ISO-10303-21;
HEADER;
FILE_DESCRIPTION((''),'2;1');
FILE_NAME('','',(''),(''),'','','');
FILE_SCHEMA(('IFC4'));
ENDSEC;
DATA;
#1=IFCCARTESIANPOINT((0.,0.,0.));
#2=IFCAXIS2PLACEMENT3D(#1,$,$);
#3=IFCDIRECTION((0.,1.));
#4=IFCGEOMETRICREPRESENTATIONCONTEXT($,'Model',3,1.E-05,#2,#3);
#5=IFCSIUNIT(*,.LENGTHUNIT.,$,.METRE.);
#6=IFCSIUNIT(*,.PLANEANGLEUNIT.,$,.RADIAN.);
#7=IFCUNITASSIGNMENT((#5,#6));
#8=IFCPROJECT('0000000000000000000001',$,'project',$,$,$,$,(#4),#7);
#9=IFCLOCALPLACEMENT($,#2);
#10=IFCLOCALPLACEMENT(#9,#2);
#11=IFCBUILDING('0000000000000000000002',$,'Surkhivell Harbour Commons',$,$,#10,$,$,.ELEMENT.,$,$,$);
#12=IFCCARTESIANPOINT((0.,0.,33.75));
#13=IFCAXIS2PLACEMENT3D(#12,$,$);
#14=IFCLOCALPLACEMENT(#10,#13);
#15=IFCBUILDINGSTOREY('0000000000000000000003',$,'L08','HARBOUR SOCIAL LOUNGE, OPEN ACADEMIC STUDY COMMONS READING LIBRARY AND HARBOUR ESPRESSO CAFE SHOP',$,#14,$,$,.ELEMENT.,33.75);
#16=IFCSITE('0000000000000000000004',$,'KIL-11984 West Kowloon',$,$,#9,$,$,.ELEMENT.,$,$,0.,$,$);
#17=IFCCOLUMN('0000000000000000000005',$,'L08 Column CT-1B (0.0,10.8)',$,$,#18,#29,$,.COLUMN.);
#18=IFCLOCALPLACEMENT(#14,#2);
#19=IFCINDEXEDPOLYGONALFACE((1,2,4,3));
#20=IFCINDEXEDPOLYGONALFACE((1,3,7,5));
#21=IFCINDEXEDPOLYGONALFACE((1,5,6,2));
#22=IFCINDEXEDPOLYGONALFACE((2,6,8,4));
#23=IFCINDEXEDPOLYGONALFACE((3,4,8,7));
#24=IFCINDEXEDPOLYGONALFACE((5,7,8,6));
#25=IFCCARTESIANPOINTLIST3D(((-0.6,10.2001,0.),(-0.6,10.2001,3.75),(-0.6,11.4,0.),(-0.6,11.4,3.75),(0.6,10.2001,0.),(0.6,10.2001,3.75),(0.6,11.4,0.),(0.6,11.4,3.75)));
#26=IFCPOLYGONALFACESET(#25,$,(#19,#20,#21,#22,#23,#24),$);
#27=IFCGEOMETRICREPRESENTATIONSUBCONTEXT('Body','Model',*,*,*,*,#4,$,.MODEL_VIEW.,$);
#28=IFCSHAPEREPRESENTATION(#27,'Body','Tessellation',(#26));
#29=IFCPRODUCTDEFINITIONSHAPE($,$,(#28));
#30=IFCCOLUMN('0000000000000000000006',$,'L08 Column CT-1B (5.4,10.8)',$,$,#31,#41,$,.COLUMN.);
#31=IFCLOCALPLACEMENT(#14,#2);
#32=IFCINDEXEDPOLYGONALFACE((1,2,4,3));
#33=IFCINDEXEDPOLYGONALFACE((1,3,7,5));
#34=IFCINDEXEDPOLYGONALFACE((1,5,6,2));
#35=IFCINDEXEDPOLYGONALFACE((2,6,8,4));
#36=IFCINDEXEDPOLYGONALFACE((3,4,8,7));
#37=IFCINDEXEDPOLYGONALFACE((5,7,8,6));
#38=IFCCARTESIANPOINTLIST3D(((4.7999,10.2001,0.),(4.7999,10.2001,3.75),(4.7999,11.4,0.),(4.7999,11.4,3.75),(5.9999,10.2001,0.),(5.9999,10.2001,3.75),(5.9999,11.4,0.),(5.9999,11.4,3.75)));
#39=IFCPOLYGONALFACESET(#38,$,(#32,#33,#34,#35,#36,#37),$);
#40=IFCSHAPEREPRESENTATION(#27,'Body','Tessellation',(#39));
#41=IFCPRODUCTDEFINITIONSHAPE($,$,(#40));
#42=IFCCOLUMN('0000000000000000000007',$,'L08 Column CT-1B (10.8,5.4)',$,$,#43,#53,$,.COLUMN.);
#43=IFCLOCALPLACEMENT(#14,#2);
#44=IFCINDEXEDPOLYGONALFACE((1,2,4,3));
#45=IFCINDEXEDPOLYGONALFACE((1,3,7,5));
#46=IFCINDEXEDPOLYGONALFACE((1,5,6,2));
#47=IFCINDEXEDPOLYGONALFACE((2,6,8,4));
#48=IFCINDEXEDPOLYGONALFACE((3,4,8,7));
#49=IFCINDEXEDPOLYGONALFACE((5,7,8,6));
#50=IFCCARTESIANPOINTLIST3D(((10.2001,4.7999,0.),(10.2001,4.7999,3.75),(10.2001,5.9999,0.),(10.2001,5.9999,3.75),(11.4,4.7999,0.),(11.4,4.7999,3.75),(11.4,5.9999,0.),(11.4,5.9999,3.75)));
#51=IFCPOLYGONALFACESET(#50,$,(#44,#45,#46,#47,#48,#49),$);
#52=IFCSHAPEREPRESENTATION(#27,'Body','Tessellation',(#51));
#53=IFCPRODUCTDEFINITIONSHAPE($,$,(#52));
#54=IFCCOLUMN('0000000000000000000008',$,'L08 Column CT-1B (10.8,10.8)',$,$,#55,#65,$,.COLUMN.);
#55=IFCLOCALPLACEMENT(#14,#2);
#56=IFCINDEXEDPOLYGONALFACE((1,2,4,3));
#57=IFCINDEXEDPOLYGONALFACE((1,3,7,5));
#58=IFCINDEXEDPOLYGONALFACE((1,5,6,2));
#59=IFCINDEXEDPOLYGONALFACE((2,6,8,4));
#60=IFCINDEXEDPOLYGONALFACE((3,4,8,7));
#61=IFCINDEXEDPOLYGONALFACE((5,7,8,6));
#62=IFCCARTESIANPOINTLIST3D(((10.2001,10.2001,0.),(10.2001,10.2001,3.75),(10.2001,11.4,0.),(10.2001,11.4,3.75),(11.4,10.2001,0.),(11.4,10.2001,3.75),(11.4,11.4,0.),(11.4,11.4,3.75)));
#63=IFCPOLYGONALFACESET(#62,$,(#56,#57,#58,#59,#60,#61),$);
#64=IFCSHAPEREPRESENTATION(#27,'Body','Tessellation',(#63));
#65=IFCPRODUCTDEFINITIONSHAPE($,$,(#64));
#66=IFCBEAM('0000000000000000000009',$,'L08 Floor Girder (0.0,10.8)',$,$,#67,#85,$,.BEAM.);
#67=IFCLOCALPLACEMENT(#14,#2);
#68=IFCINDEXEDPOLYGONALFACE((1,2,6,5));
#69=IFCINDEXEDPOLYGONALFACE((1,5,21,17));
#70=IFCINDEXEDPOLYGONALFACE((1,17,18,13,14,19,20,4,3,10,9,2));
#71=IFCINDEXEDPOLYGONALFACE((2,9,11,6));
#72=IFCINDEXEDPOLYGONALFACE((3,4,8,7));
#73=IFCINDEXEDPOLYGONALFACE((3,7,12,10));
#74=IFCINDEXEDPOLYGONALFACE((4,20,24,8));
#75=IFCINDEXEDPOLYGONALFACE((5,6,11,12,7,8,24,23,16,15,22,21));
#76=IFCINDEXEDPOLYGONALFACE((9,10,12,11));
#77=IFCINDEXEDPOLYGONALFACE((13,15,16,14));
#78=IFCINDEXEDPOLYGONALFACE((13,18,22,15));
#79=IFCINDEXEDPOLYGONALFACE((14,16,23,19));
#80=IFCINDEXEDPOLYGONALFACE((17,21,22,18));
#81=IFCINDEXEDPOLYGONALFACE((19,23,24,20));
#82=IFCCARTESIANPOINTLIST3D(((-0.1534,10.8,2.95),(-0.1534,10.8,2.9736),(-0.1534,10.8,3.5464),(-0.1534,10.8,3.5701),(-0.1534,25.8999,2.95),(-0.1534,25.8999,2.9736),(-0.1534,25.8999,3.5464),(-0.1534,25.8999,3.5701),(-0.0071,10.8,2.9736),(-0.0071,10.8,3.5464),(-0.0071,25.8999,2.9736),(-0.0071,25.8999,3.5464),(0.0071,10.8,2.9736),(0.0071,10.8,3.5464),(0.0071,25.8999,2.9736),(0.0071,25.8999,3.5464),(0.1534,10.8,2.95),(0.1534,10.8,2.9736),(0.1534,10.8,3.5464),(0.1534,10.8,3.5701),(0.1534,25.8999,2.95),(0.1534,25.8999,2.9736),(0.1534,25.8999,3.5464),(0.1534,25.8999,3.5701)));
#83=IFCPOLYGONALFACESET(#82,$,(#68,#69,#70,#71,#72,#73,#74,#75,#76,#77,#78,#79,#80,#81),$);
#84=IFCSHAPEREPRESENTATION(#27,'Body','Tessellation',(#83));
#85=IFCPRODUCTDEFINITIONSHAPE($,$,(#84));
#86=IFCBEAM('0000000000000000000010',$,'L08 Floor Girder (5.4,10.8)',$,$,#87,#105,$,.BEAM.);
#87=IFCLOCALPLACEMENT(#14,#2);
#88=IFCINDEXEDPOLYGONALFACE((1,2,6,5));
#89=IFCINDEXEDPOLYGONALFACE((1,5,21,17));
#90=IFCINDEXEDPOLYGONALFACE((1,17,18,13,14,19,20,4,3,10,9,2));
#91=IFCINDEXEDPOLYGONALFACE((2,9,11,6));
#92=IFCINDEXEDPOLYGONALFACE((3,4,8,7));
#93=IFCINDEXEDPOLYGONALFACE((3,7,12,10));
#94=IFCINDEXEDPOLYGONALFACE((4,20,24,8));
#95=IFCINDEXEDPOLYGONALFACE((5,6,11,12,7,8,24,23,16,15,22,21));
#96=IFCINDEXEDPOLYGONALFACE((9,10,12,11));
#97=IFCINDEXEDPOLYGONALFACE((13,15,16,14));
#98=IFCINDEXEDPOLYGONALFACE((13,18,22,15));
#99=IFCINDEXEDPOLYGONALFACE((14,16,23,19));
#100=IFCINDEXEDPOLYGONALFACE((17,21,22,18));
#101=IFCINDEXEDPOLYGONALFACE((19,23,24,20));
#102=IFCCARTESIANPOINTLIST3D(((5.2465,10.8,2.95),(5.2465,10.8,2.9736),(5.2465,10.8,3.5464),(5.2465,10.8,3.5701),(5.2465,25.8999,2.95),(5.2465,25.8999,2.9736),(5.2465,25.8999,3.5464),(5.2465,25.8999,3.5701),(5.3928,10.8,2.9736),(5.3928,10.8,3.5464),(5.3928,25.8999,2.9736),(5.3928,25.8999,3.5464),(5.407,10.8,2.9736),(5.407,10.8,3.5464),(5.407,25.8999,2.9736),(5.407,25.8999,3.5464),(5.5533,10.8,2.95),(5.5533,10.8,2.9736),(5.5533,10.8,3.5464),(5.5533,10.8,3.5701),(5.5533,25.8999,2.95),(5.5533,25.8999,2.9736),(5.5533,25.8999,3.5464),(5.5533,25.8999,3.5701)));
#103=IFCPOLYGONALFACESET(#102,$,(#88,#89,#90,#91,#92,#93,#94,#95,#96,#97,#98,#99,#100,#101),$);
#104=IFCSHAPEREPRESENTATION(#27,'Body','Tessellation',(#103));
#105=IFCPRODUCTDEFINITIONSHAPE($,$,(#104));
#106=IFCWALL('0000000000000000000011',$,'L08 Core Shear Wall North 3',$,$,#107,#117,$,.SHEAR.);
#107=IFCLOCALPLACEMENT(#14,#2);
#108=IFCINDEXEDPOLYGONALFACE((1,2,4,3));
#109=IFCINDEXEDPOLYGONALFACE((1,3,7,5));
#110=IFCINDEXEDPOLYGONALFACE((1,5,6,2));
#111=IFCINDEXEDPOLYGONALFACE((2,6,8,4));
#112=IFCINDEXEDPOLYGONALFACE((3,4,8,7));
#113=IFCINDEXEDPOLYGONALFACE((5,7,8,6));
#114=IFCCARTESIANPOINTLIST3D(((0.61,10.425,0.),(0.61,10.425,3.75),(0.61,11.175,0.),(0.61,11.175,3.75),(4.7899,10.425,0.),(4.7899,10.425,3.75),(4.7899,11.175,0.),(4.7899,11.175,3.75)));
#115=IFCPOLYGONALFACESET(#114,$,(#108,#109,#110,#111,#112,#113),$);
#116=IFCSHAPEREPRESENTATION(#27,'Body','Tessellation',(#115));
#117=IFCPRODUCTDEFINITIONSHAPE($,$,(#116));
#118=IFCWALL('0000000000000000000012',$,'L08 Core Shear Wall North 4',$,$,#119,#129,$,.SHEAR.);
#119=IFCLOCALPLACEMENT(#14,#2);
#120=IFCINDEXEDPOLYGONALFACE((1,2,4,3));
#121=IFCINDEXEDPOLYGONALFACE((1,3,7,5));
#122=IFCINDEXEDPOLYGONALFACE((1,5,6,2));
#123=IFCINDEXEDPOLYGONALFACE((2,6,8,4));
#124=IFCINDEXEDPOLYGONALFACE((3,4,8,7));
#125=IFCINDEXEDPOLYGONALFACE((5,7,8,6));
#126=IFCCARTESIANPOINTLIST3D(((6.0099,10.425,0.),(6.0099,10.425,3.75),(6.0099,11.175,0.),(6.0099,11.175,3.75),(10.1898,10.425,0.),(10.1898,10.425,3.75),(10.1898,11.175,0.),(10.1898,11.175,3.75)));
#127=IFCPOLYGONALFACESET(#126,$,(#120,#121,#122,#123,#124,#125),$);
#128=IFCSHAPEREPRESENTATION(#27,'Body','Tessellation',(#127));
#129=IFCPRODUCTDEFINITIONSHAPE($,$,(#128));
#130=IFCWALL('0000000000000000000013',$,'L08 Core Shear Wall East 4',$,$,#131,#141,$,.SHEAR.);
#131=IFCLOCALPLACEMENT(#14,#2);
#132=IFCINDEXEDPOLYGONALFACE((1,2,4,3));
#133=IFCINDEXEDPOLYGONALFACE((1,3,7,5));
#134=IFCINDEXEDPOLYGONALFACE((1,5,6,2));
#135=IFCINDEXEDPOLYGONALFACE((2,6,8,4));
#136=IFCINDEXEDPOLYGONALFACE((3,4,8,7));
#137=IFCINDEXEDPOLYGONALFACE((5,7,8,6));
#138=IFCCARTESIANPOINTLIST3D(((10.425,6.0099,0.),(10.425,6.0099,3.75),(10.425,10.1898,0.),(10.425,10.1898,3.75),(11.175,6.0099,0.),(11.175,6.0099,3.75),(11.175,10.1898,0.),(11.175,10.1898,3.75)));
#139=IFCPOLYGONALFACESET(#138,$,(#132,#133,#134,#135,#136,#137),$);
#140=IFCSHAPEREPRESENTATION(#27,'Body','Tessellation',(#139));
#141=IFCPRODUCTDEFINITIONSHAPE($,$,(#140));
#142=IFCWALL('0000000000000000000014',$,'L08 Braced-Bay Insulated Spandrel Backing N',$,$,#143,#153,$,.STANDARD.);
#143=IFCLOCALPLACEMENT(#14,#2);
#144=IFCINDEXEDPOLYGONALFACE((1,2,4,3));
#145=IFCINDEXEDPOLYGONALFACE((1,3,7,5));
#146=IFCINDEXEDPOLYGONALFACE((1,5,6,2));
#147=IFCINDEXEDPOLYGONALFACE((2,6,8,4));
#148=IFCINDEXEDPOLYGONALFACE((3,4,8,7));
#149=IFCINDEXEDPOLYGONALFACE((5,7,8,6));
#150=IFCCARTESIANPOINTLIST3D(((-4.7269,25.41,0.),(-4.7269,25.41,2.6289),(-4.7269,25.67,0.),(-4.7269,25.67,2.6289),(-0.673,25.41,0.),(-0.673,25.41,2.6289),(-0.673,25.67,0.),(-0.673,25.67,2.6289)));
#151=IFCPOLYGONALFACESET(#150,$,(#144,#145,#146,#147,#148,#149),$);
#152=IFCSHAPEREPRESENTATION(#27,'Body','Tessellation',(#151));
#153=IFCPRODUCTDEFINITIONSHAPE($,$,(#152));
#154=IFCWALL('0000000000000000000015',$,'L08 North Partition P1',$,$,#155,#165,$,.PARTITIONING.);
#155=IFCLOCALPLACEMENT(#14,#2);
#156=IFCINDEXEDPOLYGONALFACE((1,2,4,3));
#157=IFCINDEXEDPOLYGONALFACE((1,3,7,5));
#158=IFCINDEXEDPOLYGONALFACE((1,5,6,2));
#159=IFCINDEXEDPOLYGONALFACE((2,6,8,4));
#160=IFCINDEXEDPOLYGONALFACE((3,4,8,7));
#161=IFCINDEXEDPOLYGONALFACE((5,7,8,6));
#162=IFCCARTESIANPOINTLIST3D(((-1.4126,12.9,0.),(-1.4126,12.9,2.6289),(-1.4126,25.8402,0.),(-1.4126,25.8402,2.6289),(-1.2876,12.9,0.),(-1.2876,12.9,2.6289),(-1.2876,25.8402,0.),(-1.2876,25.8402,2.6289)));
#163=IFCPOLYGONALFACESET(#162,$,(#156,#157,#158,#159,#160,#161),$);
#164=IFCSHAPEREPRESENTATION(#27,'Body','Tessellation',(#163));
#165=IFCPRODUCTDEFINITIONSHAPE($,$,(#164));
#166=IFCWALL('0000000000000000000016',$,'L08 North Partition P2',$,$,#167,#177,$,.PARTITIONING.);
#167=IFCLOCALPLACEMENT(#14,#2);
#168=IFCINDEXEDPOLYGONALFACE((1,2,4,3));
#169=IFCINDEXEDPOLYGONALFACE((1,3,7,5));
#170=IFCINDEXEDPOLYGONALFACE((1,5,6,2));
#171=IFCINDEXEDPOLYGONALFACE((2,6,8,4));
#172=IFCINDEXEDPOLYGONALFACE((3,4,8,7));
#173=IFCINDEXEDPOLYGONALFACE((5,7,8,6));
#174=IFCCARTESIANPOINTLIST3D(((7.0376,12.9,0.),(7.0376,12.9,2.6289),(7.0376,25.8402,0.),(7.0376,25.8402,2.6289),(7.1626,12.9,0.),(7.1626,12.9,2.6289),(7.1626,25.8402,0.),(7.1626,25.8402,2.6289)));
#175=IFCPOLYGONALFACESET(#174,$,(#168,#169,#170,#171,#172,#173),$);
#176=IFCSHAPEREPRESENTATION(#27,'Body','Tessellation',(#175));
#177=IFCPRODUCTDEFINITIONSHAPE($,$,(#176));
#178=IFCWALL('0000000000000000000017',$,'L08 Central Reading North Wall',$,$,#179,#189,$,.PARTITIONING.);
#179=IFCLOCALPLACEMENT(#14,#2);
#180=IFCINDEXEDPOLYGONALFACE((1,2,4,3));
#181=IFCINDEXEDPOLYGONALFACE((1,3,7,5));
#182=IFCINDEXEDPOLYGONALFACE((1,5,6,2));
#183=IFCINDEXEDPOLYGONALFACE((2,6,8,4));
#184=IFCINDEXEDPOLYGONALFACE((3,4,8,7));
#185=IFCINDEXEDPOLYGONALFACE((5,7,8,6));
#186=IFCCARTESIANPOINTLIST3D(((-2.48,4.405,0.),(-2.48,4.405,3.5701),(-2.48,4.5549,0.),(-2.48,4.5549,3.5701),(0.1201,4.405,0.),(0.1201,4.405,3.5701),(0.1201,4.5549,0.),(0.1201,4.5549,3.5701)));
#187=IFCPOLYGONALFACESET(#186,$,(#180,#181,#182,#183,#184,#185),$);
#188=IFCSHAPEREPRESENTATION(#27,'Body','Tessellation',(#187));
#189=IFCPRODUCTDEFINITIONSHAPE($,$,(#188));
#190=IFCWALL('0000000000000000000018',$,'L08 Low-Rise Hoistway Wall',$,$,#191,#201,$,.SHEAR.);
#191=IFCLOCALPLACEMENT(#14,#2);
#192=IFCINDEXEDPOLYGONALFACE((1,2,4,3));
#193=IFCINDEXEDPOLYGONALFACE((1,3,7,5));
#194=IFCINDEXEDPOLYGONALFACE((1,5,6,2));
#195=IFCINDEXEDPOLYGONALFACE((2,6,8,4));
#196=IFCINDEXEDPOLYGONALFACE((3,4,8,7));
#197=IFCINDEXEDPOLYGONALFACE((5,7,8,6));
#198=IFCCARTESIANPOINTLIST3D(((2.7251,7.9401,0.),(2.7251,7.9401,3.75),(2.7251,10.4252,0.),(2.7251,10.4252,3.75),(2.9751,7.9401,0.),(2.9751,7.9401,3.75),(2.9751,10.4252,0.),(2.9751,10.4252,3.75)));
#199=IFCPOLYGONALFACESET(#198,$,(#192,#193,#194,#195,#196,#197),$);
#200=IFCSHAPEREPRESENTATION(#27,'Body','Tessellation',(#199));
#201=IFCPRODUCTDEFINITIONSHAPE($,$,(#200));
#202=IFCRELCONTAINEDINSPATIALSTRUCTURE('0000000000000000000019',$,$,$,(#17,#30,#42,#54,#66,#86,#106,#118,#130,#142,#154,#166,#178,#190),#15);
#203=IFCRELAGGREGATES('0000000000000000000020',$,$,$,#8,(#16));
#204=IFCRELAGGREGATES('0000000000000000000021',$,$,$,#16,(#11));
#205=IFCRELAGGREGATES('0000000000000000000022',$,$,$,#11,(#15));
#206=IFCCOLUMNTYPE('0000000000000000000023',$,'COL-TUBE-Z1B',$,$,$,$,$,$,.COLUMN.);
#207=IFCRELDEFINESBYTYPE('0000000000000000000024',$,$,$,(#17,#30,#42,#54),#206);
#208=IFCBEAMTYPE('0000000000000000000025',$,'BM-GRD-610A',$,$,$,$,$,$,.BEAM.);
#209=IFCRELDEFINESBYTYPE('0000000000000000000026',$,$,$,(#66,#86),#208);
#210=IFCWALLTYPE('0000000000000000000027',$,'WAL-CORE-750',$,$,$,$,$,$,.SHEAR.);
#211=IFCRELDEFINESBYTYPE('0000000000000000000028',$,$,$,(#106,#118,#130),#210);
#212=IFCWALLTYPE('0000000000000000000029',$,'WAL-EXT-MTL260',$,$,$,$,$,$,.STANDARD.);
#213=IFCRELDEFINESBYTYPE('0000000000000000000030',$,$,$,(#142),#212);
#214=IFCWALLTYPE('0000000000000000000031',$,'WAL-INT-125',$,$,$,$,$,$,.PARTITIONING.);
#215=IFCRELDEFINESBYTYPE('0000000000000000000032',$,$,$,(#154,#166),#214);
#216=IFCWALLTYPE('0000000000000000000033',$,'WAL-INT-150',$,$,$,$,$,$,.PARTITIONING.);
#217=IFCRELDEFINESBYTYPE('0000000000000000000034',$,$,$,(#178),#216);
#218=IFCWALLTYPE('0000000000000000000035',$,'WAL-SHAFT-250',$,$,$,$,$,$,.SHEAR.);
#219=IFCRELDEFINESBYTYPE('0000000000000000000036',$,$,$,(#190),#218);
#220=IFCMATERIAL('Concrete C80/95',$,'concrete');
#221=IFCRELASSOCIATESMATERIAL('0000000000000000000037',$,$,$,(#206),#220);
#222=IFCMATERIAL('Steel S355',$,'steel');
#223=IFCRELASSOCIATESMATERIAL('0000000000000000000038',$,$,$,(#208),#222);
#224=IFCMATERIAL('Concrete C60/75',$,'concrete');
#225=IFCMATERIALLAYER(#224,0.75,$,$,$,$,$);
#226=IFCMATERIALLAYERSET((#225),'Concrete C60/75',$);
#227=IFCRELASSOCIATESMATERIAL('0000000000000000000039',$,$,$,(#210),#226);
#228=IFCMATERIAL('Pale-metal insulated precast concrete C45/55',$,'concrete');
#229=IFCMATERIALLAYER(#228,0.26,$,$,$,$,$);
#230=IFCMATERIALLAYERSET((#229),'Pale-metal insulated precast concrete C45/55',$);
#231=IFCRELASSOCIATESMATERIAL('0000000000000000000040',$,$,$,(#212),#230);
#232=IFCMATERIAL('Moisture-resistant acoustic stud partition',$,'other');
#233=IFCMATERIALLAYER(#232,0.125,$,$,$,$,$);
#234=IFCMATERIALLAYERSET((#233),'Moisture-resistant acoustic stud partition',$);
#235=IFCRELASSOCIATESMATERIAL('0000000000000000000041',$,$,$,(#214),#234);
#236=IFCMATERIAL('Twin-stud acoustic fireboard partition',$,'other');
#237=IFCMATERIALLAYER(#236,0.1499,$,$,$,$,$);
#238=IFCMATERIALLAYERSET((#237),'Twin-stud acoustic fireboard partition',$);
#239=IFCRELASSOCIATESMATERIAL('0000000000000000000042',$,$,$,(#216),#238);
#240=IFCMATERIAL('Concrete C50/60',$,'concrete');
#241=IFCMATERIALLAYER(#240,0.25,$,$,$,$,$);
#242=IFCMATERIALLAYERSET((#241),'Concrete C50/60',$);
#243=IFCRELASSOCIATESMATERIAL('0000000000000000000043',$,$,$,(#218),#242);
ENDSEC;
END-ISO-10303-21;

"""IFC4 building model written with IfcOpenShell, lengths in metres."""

from ifc_helpers import new_model, si_unit, direction, frame, frame_2d, origin, origin_2d, place, context, subcontext, project, spatial, rectangle, i_section, extrude, material, layer, layer_set, material_profile, profile_set, type_object, element, save


model = new_model("IFC4")

# Units and contexts
model_context = context("Model", 3, precision=1e-05, world=origin(), true_north=direction((0.0, 1.0)))
body_context = subcontext(model_context, "Body", "Model", "MODEL_VIEW")
ifc_project = project(units=[si_unit("LENGTHUNIT", "METRE"), si_unit("PLANEANGLEUNIT", "RADIAN")], contexts=[model_context])

# Site, building, storey
site_placement = place(None, origin())
site = spatial("IfcSite", under=ifc_project, at=site_placement, Name="KIL-11984 West Kowloon", CompositionType="ELEMENT", RefElevation=0.0)
building_placement = place(site_placement, origin())
building = spatial("IfcBuilding", under=site, at=building_placement, Name="Surkhivell Harbour Commons", CompositionType="ELEMENT")
storey_placement = place(building_placement, frame((0.0, 0.0, 33.75)))
storey = spatial("IfcBuildingStorey", under=building, at=storey_placement, Name="L08", Description="HARBOUR SOCIAL LOUNGE, OPEN ACADEMIC STUDY COMMONS READING LIBRARY AND HARBOUR ESPRESSO CAFE SHOP", CompositionType="ELEMENT", Elevation=33.75)

# Columns
ifc_material_1 = material(Name="Concrete C80/95", Category="concrete")
ifc_material_profile_1 = material_profile(ifc_material_1, rectangle(XDim=1.2, YDim=1.2, at=origin_2d()), Name="RC-COL-1200x1200")
ifc_profile_set_1 = profile_set([ifc_material_profile_1], Name="Concrete C80/95")
column_type = type_object("IfcColumnType", Name="COL-TUBE-Z1B", PredefinedType="COLUMN", material=ifc_profile_set_1)
for number, where, z_axis, x_axis, name in (
    (1, (0.0, 10.8, 0.0), (0.0, 0.0, 1.0), (1.0, 0.0, 0.0), "L08 Column CT-1B (0.0,10.8)"),
    (2, (5.3999, 10.8, 0.0), (0.0, 0.0, 1.0), (1.0, 0.0, 0.0), "L08 Column CT-1B (5.4,10.8)"),
    (3, (10.8, 5.3999, 0.0), (0.0, 0.0, 1.0), (1.0, 0.0, 0.0), "L08 Column CT-1B (10.8,5.4)"),
    (4, (10.8, 10.8, 0.0), (0.0, 0.0, 1.0), (1.0, 0.0, 0.0), "L08 Column CT-1B (10.8,10.8)"),
):
    element("IfcColumn", number, at=place(storey_placement, frame(where, z_axis=z_axis, x_axis=x_axis)), inside=storey, type_object=column_type, Name=name, PredefinedType="COLUMN", context=body_context, shape_type="SweptSolid", body=[
        extrude(rectangle(XDim=1.2, YDim=1.2, at=origin_2d()), origin(), (0.0, 0.0, 1.0), 3.75),
    ])

# Beams
ifc_material_2 = material(Name="Steel S355", Category="steel")
ifc_material_profile_2 = material_profile(ifc_material_2, i_section(OverallWidth=0.3069, OverallDepth=0.6201, WebThickness=0.0142, FlangeThickness=0.0237, at=origin_2d()), Name="UB610x305x179")
ifc_profile_set_2 = profile_set([ifc_material_profile_2], Name="Steel S355")
beam_type = type_object("IfcBeamType", Name="BM-GRD-610A", PredefinedType="BEAM", material=ifc_profile_set_2)
for number, where, z_axis, x_axis, name in (
    (5, (0.0, 10.8, 3.26), (0.0, 1.0, 0.0), (-1.0, 0.0, 0.0), "L08 Floor Girder (0.0,10.8)"),
    (6, (5.3999, 10.8, 3.26), (0.0, 1.0, 0.0), (-1.0, 0.0, 0.0), "L08 Floor Girder (5.4,10.8)"),
):
    element("IfcBeam", number, at=place(storey_placement, frame(where, z_axis=z_axis, x_axis=x_axis)), inside=storey, type_object=beam_type, Name=name, PredefinedType="BEAM", context=body_context, shape_type="SweptSolid", body=[
        extrude(i_section(OverallWidth=0.3069, OverallDepth=0.6201, WebThickness=0.0142, FlangeThickness=0.0237, at=origin_2d()), origin(), (0.0, 0.0, 1.0), 15.0999),
    ])

# Walls
ifc_material_3 = material(Name="Concrete C60/75", Category="concrete")
ifc_layer_1 = layer(ifc_material_3, 0.75)
ifc_layer_set_1 = layer_set([ifc_layer_1], Name="Concrete C60/75")
wall_type_1 = type_object("IfcWallType", Name="WAL-CORE-750", PredefinedType="SHEAR", material=ifc_layer_set_1)
for number, where, z_axis, x_axis, name in (
    (7, (0.6101, 10.8, 0.0), (0.0, 0.0, 1.0), (1.0, 0.0, 0.0), "L08 Core Shear Wall North 3"),
    (8, (6.01, 10.8, 0.0), (0.0, 0.0, 1.0), (1.0, 0.0, 0.0), "L08 Core Shear Wall North 4"),
    (9, (10.8, 6.01, 0.0), (0.0, 0.0, 1.0), (0.0, 1.0, 0.0), "L08 Core Shear Wall East 4"),
):
    element("IfcWall", number, at=place(storey_placement, frame(where, z_axis=z_axis, x_axis=x_axis)), inside=storey, type_object=wall_type_1, Name=name, PredefinedType="SHEAR", context=body_context, shape_type="SweptSolid", body=[
        extrude(rectangle(XDim=4.1799, YDim=0.75, at=frame_2d((2.0898, 0.0))), origin(), (0.0, 0.0, 1.0), 3.75),
    ])
ifc_material_4 = material(Name="Pale-metal insulated precast concrete C45/55", Category="concrete")
ifc_layer_2 = layer(ifc_material_4, 0.26)
ifc_layer_set_2 = layer_set([ifc_layer_2], Name="Pale-metal insulated precast concrete C45/55")
wall_type_2 = type_object("IfcWallType", Name="WAL-EXT-MTL260", PredefinedType="STANDARD", material=ifc_layer_set_2)
wall_1_placement = place(storey_placement, frame((-0.6731, 25.54, 0.0), z_axis=(0.0, 0.0, 1.0), x_axis=(-1.0, 0.0, 0.0)))
element("IfcWall", 10, at=wall_1_placement, inside=storey, type_object=wall_type_2, Name="L08 Braced-Bay Insulated Spandrel Backing N", PredefinedType="STANDARD", context=body_context, shape_type="SweptSolid", body=[
    extrude(rectangle(XDim=4.054, YDim=0.26, at=frame_2d((2.0269, 0.0))), origin(), (0.0, 0.0, 1.0), 2.6289),
])
ifc_material_5 = material(Name="Moisture-resistant acoustic stud partition", Category="other")
ifc_layer_3 = layer(ifc_material_5, 0.125)
ifc_layer_set_3 = layer_set([ifc_layer_3], Name="Moisture-resistant acoustic stud partition")
wall_type_3 = type_object("IfcWallType", Name="WAL-INT-125", PredefinedType="PARTITIONING", material=ifc_layer_set_3)
for number, where, z_axis, x_axis, name in (
    (11, (-1.3501, 12.8999, 0.0), (0.0, 0.0, 1.0), (0.0, 1.0, 0.0), "L08 North Partition P1"),
    (12, (7.1001, 12.8999, 0.0), (0.0, 0.0, 1.0), (0.0, 1.0, 0.0), "L08 North Partition P2"),
):
    element("IfcWall", number, at=place(storey_placement, frame(where, z_axis=z_axis, x_axis=x_axis)), inside=storey, type_object=wall_type_3, Name=name, PredefinedType="PARTITIONING", context=body_context, shape_type="SweptSolid", body=[
        extrude(rectangle(XDim=12.9402, YDim=0.125, at=frame_2d((6.4702, 0.0))), origin(), (0.0, 0.0, 1.0), 2.6289),
    ])
ifc_material_6 = material(Name="Twin-stud acoustic fireboard partition", Category="other")
ifc_layer_4 = layer(ifc_material_6, 0.1499)
ifc_layer_set_4 = layer_set([ifc_layer_4], Name="Twin-stud acoustic fireboard partition")
wall_type_4 = type_object("IfcWallType", Name="WAL-INT-150", PredefinedType="PARTITIONING", material=ifc_layer_set_4)
wall_2_placement = place(storey_placement, frame((-2.48, 4.48, 0.0), z_axis=(0.0, 0.0, 1.0), x_axis=(1.0, 0.0, 0.0)))
element("IfcWall", 13, at=wall_2_placement, inside=storey, type_object=wall_type_4, Name="L08 Central Reading North Wall", PredefinedType="PARTITIONING", context=body_context, shape_type="SweptSolid", body=[
    extrude(rectangle(XDim=2.6001, YDim=0.1499, at=frame_2d((1.3, 0.0))), origin(), (0.0, 0.0, 1.0), 3.5701),
])
ifc_material_7 = material(Name="Concrete C50/60", Category="concrete")
ifc_layer_5 = layer(ifc_material_7, 0.25)
ifc_layer_set_5 = layer_set([ifc_layer_5], Name="Concrete C50/60")
wall_type_5 = type_object("IfcWallType", Name="WAL-SHAFT-250", PredefinedType="SHEAR", material=ifc_layer_set_5)
wall_3_placement = place(storey_placement, frame((2.8501, 7.9399, 0.0), z_axis=(0.0, 0.0, 1.0), x_axis=(0.0, 1.0, 0.0)))
element("IfcWall", 14, at=wall_3_placement, inside=storey, type_object=wall_type_5, Name="L08 Low-Rise Hoistway Wall", PredefinedType="SHEAR", context=body_context, shape_type="SweptSolid", body=[
    extrude(rectangle(XDim=2.4851, YDim=0.25, at=frame_2d((1.2427, 0.0))), origin(), (0.0, 0.0, 1.0), 3.75),
])

save(model, "model.ifc")
